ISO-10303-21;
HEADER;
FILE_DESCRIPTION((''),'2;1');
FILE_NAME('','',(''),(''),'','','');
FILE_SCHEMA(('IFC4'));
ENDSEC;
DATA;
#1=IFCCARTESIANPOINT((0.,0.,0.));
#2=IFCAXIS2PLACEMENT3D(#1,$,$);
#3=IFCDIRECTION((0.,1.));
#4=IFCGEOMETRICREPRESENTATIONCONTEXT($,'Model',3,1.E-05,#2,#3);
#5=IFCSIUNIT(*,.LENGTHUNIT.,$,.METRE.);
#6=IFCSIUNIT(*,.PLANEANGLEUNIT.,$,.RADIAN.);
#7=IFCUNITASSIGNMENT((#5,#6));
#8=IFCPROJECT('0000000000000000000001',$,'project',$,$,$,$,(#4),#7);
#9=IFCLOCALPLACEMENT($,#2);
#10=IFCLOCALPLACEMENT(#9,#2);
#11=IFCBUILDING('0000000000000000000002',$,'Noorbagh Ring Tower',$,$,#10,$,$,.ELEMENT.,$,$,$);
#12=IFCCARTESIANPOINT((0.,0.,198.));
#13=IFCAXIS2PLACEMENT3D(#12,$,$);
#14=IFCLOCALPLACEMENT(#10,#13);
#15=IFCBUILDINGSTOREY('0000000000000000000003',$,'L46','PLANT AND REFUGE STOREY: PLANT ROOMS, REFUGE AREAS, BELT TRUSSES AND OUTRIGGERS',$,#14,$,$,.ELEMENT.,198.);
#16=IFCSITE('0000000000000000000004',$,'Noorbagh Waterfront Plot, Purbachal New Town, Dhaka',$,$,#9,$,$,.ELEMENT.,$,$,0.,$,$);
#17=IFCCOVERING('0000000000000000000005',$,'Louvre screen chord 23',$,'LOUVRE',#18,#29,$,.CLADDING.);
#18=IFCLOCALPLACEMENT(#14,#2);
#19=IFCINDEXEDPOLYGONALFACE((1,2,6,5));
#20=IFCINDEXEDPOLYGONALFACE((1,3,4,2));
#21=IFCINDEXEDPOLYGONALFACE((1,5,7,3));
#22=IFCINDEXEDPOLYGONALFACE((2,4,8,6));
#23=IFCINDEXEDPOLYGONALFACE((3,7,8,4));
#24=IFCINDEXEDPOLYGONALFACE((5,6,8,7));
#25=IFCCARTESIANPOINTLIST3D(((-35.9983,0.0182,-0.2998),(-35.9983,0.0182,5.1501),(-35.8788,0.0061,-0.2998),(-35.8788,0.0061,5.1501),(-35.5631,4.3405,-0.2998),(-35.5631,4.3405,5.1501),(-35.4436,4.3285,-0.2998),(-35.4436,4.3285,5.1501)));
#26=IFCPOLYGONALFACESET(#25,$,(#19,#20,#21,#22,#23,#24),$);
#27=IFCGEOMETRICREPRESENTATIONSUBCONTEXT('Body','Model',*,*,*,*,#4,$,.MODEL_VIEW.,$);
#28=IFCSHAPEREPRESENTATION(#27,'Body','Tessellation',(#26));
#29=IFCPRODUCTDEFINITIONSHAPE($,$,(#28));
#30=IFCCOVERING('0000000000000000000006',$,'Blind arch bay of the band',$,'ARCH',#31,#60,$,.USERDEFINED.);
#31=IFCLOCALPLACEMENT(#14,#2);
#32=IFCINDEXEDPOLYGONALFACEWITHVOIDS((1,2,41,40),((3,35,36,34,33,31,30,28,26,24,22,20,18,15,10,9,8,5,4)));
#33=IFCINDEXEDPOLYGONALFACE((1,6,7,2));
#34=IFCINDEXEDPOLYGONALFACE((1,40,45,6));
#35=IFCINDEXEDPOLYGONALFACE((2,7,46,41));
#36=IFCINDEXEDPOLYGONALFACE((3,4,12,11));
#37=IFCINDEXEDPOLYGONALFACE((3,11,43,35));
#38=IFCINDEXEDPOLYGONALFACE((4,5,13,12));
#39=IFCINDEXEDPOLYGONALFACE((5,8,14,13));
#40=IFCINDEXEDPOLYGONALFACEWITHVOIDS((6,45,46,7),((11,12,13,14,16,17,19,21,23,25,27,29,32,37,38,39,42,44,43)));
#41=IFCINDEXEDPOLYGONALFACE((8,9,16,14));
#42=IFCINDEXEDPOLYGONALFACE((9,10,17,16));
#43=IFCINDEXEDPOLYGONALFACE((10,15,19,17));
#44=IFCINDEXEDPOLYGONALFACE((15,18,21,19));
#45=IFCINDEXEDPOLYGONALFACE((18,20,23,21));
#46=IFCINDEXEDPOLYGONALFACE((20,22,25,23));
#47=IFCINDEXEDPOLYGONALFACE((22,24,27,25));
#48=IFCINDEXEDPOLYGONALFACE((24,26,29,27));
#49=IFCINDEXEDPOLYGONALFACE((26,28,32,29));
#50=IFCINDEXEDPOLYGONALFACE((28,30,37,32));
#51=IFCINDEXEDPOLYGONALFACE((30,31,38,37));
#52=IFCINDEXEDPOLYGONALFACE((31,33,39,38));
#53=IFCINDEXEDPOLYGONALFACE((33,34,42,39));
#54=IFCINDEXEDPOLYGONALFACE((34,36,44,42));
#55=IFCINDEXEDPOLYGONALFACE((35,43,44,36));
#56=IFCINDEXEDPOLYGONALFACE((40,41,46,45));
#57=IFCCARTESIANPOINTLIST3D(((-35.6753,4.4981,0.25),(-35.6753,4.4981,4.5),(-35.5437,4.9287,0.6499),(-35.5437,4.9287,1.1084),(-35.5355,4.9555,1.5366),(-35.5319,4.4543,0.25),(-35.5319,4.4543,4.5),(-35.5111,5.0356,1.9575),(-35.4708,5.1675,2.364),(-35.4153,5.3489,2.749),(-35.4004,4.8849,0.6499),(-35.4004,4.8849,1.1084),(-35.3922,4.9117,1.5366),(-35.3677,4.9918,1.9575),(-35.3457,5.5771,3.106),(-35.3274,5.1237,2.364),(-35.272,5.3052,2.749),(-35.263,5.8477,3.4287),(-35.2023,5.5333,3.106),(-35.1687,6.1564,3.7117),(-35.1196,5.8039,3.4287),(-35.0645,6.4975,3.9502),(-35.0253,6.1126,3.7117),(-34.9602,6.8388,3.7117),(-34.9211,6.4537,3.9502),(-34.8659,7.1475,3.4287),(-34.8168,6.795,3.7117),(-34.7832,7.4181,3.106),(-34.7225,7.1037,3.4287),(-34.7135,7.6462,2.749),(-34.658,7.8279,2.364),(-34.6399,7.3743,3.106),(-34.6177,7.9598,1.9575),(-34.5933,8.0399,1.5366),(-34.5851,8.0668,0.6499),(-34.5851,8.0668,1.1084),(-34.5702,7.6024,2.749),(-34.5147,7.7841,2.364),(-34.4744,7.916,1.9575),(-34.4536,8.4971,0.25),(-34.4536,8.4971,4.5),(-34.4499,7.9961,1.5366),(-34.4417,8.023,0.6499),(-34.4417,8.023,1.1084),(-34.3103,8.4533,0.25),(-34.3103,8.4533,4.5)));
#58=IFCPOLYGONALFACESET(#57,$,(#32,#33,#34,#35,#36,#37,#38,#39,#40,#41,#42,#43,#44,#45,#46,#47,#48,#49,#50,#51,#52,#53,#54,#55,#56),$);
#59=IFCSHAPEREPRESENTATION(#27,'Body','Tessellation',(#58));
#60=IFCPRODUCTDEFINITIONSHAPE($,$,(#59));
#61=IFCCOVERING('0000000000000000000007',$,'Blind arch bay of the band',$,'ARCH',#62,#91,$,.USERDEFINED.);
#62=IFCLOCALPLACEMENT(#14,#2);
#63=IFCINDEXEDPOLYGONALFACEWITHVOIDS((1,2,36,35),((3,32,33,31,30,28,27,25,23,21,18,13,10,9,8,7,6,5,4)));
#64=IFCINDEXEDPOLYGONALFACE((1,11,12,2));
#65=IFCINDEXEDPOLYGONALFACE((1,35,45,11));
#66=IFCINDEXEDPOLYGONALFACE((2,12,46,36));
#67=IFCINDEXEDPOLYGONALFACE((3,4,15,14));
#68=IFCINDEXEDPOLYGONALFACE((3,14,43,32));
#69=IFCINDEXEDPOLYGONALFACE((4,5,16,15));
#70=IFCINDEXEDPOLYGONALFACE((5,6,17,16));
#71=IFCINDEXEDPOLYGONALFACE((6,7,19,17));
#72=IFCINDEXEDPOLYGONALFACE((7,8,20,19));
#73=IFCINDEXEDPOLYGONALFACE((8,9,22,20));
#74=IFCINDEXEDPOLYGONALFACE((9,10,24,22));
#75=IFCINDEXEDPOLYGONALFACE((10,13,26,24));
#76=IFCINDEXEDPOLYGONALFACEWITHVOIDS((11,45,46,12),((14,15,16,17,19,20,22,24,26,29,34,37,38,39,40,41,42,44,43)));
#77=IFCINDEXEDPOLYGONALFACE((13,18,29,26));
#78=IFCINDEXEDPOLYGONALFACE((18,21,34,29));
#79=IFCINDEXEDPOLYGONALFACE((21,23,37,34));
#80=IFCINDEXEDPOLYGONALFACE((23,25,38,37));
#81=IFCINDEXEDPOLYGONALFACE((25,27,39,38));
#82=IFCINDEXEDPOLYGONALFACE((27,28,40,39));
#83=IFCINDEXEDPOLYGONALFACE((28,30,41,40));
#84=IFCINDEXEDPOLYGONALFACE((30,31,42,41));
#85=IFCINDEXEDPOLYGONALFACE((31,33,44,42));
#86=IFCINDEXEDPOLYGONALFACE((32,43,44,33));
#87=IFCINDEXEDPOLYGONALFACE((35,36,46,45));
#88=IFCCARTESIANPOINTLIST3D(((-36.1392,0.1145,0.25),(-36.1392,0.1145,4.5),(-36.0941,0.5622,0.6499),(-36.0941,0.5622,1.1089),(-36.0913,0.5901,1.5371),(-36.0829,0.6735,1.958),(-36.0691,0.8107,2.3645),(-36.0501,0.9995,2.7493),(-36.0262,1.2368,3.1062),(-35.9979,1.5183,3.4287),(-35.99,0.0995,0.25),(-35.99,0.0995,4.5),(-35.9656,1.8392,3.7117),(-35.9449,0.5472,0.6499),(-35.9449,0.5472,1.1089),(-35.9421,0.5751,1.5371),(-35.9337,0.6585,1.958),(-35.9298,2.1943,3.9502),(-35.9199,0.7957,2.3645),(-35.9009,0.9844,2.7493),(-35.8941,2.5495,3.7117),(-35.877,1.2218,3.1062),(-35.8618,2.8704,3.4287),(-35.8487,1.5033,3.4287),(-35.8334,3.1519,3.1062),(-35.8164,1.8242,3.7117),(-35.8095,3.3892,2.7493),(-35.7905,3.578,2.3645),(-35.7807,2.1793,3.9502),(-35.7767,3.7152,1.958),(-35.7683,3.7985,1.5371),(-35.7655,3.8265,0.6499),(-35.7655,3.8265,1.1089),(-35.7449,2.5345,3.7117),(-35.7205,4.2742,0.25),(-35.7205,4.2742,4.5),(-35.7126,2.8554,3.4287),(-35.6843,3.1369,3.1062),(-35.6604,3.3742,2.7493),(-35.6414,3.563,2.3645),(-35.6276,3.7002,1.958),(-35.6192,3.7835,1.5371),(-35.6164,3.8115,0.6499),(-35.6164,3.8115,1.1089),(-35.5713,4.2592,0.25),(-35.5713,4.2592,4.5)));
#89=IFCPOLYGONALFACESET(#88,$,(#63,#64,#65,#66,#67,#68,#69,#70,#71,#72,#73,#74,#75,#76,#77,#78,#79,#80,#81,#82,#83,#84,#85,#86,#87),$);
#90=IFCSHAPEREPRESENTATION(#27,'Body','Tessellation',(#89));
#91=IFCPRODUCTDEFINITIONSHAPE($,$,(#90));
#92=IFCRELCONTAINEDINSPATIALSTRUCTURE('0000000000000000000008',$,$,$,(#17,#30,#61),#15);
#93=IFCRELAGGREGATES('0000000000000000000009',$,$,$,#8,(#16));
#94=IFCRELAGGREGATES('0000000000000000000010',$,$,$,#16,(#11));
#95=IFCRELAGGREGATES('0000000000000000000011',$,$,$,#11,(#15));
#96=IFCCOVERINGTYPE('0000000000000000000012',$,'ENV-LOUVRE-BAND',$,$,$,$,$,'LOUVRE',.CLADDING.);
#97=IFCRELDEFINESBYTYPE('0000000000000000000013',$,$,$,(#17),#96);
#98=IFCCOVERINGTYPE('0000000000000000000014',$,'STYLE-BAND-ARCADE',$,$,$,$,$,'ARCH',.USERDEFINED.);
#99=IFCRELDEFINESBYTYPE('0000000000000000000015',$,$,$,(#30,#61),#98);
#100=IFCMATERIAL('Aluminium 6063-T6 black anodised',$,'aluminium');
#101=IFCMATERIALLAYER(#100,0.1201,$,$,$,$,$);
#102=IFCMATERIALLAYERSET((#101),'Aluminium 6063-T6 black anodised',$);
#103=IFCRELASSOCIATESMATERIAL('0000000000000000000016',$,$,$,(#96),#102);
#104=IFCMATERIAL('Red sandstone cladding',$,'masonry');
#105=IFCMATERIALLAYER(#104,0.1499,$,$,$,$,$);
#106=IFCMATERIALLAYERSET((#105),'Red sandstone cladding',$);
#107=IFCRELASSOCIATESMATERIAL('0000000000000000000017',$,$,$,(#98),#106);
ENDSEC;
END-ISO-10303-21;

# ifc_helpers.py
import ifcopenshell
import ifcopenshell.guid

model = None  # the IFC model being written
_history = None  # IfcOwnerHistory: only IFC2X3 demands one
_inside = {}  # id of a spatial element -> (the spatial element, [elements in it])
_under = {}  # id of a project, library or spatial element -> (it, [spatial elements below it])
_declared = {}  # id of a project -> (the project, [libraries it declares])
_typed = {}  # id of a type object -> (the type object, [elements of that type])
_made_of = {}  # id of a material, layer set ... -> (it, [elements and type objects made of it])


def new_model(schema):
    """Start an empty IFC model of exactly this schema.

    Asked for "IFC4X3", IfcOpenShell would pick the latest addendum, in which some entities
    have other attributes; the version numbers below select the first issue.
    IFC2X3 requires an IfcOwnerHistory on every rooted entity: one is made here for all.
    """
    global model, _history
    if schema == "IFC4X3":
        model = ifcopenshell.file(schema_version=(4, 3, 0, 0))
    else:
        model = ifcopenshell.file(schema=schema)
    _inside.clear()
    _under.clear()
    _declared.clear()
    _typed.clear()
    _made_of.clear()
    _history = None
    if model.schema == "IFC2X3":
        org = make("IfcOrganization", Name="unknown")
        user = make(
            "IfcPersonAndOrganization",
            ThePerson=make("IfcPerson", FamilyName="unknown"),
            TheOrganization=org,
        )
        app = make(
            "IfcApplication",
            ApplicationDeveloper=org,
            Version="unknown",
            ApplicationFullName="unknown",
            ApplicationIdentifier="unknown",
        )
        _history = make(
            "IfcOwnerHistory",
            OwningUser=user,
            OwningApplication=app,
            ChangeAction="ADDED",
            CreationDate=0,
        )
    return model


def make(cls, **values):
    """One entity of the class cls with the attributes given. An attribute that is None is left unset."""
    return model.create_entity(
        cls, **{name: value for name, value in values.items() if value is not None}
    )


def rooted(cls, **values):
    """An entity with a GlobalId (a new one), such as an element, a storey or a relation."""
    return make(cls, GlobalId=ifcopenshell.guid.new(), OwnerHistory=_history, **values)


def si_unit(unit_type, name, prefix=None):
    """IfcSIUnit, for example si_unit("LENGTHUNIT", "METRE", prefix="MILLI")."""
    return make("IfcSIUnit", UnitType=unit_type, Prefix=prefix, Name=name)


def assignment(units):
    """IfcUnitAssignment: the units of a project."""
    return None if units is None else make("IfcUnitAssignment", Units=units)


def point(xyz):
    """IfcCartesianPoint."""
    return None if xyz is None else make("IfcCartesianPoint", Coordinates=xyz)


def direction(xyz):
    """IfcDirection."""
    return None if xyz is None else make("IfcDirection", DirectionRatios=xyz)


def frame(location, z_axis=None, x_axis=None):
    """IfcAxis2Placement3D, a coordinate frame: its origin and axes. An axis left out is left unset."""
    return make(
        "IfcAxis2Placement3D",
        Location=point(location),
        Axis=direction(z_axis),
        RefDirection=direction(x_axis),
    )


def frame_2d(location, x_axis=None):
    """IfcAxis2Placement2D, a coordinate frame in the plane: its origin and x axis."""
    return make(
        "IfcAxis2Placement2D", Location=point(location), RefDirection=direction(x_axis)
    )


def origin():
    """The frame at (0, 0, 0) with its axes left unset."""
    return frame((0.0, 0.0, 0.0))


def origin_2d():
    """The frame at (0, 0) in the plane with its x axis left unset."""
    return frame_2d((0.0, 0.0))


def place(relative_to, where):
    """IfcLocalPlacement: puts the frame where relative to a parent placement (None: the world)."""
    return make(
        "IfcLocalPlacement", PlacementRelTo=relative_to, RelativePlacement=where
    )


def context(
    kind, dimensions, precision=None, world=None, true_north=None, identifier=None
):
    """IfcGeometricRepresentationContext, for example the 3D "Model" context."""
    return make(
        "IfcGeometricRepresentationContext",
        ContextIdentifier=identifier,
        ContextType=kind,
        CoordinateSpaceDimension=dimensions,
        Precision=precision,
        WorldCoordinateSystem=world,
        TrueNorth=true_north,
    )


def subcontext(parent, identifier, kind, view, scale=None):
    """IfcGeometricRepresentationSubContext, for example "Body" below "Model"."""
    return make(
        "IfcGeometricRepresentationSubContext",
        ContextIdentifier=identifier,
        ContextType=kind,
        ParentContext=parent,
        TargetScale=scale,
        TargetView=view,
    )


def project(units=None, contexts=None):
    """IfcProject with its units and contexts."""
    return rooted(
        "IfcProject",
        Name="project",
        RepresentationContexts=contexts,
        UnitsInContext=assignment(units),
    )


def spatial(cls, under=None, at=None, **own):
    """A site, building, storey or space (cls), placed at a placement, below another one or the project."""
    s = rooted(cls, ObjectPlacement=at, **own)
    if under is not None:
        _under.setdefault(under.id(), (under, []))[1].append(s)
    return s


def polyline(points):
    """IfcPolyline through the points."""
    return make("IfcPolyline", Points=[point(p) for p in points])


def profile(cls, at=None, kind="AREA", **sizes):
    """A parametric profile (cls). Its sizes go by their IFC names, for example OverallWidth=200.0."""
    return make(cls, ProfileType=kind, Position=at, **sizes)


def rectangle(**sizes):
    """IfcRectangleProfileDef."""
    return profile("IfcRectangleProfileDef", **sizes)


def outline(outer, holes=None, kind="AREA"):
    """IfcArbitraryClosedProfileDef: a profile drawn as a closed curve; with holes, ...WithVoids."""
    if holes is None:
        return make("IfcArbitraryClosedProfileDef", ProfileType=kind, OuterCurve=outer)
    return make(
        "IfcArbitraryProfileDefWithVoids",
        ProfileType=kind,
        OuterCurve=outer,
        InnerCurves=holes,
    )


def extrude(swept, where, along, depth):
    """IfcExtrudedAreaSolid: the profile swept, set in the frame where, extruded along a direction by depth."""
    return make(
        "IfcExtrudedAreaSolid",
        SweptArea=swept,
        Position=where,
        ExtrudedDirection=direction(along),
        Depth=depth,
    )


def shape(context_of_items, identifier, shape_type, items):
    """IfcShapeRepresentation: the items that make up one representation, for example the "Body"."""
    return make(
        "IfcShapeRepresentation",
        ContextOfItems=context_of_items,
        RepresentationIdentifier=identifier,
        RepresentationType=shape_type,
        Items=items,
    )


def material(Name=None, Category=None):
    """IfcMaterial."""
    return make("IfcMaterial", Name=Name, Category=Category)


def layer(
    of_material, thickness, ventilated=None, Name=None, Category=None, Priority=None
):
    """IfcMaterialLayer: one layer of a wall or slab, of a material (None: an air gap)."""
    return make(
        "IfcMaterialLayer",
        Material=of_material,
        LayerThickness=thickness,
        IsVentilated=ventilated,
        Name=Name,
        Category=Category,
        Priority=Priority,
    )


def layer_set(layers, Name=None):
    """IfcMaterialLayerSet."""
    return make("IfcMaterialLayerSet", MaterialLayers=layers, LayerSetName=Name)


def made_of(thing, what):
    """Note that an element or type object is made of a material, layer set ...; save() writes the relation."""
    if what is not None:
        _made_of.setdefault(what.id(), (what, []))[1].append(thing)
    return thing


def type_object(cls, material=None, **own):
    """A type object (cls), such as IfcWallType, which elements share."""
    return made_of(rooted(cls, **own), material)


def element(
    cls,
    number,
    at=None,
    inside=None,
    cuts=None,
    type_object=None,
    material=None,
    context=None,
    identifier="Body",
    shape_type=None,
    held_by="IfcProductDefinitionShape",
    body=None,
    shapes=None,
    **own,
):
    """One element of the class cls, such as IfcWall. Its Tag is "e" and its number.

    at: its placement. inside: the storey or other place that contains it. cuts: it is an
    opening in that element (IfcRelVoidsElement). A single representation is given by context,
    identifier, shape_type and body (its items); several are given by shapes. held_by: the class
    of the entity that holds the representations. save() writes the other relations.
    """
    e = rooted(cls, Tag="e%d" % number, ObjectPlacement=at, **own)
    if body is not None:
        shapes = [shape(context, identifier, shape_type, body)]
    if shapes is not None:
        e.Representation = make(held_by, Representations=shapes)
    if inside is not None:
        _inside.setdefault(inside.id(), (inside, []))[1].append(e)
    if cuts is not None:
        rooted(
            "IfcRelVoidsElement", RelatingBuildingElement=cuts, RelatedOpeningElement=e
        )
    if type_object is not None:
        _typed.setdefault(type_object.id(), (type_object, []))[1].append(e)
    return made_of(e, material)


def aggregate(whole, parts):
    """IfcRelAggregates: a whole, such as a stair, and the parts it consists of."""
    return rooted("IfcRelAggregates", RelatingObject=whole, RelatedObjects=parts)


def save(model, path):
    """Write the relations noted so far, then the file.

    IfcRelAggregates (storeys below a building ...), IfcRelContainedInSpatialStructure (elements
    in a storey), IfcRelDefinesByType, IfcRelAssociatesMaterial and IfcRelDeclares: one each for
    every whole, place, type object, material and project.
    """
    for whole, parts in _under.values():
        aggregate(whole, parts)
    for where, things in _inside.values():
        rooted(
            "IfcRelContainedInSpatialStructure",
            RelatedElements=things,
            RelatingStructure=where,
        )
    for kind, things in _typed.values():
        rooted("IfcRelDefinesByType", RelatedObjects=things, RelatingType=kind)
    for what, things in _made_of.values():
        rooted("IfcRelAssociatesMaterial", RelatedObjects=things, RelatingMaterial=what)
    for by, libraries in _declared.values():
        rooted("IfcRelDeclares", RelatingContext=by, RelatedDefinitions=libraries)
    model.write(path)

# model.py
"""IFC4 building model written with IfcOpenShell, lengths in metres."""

from ifc_helpers import new_model, si_unit, direction, frame, origin, origin_2d, place, context, subcontext, project, spatial, polyline, rectangle, outline, extrude, material, layer, layer_set, type_object, element, save


model = new_model("IFC4")

# Units and contexts
model_context = context("Model", 3, precision=1e-05, world=origin(), true_north=direction((0.0, 1.0)))
body_context = subcontext(model_context, "Body", "Model", "MODEL_VIEW")
ifc_project = project(units=[si_unit("LENGTHUNIT", "METRE"), si_unit("PLANEANGLEUNIT", "RADIAN")], contexts=[model_context])

# Site, building, storey
site_placement = place(None, origin())
site = spatial("IfcSite", under=ifc_project, at=site_placement, Name="Noorbagh Waterfront Plot, Purbachal New Town, Dhaka", CompositionType="ELEMENT", RefElevation=0.0)
building_placement = place(site_placement, origin())
building = spatial("IfcBuilding", under=site, at=building_placement, Name="Noorbagh Ring Tower", CompositionType="ELEMENT")
storey_placement = place(building_placement, frame((0.0, 0.0, 198.0)))
storey = spatial("IfcBuildingStorey", under=building, at=storey_placement, Name="L46", Description="PLANT AND REFUGE STOREY: PLANT ROOMS, REFUGE AREAS, BELT TRUSSES AND OUTRIGGERS", CompositionType="ELEMENT", Elevation=198.0)

# Coverings
ifc_material_1 = material(Name="Aluminium 6063-T6 black anodised", Category="aluminium")
ifc_layer_1 = layer(ifc_material_1, 0.1201)
ifc_layer_set_1 = layer_set([ifc_layer_1], Name="Aluminium 6063-T6 black anodised")
covering_type_1 = type_object("IfcCoveringType", Name="ENV-LOUVRE-BAND", ElementType="LOUVRE", PredefinedType="CLADDING", material=ifc_layer_set_1)
covering_1_placement = place(storey_placement, frame((-35.7209, 2.1733, -0.2998), z_axis=(0.0, 0.0, 1.0), x_axis=(-0.100178, -0.99497, 0.0)))
element("IfcCovering", 1, at=covering_1_placement, inside=storey, type_object=covering_type_1, Name="Louvre screen chord 23", ObjectType="LOUVRE", PredefinedType="CLADDING", context=body_context, shape_type="SweptSolid", body=[
    extrude(rectangle(XDim=4.3442, YDim=0.1201, at=origin_2d()), origin(), (0.0, 0.0, 1.0), 5.45),
])
ifc_material_2 = material(Name="Red sandstone cladding", Category="masonry")
ifc_layer_2 = layer(ifc_material_2, 0.1499)
ifc_layer_set_2 = layer_set([ifc_layer_2], Name="Red sandstone cladding")
covering_type_2 = type_object("IfcCoveringType", Name="STYLE-BAND-ARCADE", ElementType="ARCH", PredefinedType="USERDEFINED", material=ifc_layer_set_2)
covering_2_placement = place(storey_placement, frame((-34.4536, 8.4971, 0.25), z_axis=(-0.956368, 0.292165, 0.0), x_axis=(-0.292165, -0.956368, 0.0)))
element("IfcCovering", 2, at=covering_2_placement, inside=storey, type_object=covering_type_2, Name="Blind arch bay of the band", ObjectType="ARCH", PredefinedType="USERDEFINED", context=body_context, shape_type="SweptSolid", body=[
    extrude(outline(polyline([(0.0, 0.0), (4.1814, 0.0), (4.1814, 4.25), (0.0, 4.25), (0.0, 0.0)]), holes=[polyline([(0.45, 0.3999), (0.45, 0.8584), (0.478, 1.2866), (0.5618, 1.7075), (0.6997, 2.114), (0.8896, 2.499), (1.1282, 2.856), (1.4111, 3.1787), (1.7339, 3.4617), (2.0908, 3.7002), (2.4475, 3.4617), (2.7703, 3.1787), (3.0532, 2.856), (3.2917, 2.499), (3.4814, 2.114), (3.6194, 1.7075), (3.7031, 1.2866), (3.7312, 0.8584), (3.7312, 0.3999), (0.45, 0.3999)])]), origin(), (0.0, 0.0, -1.0), 0.1499),
])
covering_3_placement = place(storey_placement, frame((-35.7205, 4.2742, 0.25), z_axis=(-0.994972, 0.100151, 0.0), x_axis=(-0.100151, -0.994972, 0.0)))
element("IfcCovering", 3, at=covering_3_placement, inside=storey, type_object=covering_type_2, Name="Blind arch bay of the band", ObjectType="ARCH", PredefinedType="USERDEFINED", context=body_context, shape_type="SweptSolid", body=[
    extrude(outline(polyline([(0.0, 0.0), (4.1807, 0.0), (4.1807, 4.25), (0.0, 4.25), (0.0, 0.0)]), holes=[polyline([(0.45, 0.3999), (0.45, 0.8589), (0.478, 1.2871), (0.5618, 1.708), (0.6997, 2.1145), (0.8894, 2.4993), (1.1279, 2.8562), (1.4109, 3.1787), (1.7334, 3.4617), (2.0903, 3.7002), (2.4473, 3.4617), (2.7698, 3.1787), (3.0527, 2.8562), (3.2913, 2.4993), (3.481, 2.1145), (3.6189, 1.708), (3.7026, 1.2871), (3.7307, 0.8589), (3.7307, 0.3999), (0.45, 0.3999)])]), origin(), (0.0, 0.0, -1.0), 0.1499),
])

save(model, "model.ifc")
